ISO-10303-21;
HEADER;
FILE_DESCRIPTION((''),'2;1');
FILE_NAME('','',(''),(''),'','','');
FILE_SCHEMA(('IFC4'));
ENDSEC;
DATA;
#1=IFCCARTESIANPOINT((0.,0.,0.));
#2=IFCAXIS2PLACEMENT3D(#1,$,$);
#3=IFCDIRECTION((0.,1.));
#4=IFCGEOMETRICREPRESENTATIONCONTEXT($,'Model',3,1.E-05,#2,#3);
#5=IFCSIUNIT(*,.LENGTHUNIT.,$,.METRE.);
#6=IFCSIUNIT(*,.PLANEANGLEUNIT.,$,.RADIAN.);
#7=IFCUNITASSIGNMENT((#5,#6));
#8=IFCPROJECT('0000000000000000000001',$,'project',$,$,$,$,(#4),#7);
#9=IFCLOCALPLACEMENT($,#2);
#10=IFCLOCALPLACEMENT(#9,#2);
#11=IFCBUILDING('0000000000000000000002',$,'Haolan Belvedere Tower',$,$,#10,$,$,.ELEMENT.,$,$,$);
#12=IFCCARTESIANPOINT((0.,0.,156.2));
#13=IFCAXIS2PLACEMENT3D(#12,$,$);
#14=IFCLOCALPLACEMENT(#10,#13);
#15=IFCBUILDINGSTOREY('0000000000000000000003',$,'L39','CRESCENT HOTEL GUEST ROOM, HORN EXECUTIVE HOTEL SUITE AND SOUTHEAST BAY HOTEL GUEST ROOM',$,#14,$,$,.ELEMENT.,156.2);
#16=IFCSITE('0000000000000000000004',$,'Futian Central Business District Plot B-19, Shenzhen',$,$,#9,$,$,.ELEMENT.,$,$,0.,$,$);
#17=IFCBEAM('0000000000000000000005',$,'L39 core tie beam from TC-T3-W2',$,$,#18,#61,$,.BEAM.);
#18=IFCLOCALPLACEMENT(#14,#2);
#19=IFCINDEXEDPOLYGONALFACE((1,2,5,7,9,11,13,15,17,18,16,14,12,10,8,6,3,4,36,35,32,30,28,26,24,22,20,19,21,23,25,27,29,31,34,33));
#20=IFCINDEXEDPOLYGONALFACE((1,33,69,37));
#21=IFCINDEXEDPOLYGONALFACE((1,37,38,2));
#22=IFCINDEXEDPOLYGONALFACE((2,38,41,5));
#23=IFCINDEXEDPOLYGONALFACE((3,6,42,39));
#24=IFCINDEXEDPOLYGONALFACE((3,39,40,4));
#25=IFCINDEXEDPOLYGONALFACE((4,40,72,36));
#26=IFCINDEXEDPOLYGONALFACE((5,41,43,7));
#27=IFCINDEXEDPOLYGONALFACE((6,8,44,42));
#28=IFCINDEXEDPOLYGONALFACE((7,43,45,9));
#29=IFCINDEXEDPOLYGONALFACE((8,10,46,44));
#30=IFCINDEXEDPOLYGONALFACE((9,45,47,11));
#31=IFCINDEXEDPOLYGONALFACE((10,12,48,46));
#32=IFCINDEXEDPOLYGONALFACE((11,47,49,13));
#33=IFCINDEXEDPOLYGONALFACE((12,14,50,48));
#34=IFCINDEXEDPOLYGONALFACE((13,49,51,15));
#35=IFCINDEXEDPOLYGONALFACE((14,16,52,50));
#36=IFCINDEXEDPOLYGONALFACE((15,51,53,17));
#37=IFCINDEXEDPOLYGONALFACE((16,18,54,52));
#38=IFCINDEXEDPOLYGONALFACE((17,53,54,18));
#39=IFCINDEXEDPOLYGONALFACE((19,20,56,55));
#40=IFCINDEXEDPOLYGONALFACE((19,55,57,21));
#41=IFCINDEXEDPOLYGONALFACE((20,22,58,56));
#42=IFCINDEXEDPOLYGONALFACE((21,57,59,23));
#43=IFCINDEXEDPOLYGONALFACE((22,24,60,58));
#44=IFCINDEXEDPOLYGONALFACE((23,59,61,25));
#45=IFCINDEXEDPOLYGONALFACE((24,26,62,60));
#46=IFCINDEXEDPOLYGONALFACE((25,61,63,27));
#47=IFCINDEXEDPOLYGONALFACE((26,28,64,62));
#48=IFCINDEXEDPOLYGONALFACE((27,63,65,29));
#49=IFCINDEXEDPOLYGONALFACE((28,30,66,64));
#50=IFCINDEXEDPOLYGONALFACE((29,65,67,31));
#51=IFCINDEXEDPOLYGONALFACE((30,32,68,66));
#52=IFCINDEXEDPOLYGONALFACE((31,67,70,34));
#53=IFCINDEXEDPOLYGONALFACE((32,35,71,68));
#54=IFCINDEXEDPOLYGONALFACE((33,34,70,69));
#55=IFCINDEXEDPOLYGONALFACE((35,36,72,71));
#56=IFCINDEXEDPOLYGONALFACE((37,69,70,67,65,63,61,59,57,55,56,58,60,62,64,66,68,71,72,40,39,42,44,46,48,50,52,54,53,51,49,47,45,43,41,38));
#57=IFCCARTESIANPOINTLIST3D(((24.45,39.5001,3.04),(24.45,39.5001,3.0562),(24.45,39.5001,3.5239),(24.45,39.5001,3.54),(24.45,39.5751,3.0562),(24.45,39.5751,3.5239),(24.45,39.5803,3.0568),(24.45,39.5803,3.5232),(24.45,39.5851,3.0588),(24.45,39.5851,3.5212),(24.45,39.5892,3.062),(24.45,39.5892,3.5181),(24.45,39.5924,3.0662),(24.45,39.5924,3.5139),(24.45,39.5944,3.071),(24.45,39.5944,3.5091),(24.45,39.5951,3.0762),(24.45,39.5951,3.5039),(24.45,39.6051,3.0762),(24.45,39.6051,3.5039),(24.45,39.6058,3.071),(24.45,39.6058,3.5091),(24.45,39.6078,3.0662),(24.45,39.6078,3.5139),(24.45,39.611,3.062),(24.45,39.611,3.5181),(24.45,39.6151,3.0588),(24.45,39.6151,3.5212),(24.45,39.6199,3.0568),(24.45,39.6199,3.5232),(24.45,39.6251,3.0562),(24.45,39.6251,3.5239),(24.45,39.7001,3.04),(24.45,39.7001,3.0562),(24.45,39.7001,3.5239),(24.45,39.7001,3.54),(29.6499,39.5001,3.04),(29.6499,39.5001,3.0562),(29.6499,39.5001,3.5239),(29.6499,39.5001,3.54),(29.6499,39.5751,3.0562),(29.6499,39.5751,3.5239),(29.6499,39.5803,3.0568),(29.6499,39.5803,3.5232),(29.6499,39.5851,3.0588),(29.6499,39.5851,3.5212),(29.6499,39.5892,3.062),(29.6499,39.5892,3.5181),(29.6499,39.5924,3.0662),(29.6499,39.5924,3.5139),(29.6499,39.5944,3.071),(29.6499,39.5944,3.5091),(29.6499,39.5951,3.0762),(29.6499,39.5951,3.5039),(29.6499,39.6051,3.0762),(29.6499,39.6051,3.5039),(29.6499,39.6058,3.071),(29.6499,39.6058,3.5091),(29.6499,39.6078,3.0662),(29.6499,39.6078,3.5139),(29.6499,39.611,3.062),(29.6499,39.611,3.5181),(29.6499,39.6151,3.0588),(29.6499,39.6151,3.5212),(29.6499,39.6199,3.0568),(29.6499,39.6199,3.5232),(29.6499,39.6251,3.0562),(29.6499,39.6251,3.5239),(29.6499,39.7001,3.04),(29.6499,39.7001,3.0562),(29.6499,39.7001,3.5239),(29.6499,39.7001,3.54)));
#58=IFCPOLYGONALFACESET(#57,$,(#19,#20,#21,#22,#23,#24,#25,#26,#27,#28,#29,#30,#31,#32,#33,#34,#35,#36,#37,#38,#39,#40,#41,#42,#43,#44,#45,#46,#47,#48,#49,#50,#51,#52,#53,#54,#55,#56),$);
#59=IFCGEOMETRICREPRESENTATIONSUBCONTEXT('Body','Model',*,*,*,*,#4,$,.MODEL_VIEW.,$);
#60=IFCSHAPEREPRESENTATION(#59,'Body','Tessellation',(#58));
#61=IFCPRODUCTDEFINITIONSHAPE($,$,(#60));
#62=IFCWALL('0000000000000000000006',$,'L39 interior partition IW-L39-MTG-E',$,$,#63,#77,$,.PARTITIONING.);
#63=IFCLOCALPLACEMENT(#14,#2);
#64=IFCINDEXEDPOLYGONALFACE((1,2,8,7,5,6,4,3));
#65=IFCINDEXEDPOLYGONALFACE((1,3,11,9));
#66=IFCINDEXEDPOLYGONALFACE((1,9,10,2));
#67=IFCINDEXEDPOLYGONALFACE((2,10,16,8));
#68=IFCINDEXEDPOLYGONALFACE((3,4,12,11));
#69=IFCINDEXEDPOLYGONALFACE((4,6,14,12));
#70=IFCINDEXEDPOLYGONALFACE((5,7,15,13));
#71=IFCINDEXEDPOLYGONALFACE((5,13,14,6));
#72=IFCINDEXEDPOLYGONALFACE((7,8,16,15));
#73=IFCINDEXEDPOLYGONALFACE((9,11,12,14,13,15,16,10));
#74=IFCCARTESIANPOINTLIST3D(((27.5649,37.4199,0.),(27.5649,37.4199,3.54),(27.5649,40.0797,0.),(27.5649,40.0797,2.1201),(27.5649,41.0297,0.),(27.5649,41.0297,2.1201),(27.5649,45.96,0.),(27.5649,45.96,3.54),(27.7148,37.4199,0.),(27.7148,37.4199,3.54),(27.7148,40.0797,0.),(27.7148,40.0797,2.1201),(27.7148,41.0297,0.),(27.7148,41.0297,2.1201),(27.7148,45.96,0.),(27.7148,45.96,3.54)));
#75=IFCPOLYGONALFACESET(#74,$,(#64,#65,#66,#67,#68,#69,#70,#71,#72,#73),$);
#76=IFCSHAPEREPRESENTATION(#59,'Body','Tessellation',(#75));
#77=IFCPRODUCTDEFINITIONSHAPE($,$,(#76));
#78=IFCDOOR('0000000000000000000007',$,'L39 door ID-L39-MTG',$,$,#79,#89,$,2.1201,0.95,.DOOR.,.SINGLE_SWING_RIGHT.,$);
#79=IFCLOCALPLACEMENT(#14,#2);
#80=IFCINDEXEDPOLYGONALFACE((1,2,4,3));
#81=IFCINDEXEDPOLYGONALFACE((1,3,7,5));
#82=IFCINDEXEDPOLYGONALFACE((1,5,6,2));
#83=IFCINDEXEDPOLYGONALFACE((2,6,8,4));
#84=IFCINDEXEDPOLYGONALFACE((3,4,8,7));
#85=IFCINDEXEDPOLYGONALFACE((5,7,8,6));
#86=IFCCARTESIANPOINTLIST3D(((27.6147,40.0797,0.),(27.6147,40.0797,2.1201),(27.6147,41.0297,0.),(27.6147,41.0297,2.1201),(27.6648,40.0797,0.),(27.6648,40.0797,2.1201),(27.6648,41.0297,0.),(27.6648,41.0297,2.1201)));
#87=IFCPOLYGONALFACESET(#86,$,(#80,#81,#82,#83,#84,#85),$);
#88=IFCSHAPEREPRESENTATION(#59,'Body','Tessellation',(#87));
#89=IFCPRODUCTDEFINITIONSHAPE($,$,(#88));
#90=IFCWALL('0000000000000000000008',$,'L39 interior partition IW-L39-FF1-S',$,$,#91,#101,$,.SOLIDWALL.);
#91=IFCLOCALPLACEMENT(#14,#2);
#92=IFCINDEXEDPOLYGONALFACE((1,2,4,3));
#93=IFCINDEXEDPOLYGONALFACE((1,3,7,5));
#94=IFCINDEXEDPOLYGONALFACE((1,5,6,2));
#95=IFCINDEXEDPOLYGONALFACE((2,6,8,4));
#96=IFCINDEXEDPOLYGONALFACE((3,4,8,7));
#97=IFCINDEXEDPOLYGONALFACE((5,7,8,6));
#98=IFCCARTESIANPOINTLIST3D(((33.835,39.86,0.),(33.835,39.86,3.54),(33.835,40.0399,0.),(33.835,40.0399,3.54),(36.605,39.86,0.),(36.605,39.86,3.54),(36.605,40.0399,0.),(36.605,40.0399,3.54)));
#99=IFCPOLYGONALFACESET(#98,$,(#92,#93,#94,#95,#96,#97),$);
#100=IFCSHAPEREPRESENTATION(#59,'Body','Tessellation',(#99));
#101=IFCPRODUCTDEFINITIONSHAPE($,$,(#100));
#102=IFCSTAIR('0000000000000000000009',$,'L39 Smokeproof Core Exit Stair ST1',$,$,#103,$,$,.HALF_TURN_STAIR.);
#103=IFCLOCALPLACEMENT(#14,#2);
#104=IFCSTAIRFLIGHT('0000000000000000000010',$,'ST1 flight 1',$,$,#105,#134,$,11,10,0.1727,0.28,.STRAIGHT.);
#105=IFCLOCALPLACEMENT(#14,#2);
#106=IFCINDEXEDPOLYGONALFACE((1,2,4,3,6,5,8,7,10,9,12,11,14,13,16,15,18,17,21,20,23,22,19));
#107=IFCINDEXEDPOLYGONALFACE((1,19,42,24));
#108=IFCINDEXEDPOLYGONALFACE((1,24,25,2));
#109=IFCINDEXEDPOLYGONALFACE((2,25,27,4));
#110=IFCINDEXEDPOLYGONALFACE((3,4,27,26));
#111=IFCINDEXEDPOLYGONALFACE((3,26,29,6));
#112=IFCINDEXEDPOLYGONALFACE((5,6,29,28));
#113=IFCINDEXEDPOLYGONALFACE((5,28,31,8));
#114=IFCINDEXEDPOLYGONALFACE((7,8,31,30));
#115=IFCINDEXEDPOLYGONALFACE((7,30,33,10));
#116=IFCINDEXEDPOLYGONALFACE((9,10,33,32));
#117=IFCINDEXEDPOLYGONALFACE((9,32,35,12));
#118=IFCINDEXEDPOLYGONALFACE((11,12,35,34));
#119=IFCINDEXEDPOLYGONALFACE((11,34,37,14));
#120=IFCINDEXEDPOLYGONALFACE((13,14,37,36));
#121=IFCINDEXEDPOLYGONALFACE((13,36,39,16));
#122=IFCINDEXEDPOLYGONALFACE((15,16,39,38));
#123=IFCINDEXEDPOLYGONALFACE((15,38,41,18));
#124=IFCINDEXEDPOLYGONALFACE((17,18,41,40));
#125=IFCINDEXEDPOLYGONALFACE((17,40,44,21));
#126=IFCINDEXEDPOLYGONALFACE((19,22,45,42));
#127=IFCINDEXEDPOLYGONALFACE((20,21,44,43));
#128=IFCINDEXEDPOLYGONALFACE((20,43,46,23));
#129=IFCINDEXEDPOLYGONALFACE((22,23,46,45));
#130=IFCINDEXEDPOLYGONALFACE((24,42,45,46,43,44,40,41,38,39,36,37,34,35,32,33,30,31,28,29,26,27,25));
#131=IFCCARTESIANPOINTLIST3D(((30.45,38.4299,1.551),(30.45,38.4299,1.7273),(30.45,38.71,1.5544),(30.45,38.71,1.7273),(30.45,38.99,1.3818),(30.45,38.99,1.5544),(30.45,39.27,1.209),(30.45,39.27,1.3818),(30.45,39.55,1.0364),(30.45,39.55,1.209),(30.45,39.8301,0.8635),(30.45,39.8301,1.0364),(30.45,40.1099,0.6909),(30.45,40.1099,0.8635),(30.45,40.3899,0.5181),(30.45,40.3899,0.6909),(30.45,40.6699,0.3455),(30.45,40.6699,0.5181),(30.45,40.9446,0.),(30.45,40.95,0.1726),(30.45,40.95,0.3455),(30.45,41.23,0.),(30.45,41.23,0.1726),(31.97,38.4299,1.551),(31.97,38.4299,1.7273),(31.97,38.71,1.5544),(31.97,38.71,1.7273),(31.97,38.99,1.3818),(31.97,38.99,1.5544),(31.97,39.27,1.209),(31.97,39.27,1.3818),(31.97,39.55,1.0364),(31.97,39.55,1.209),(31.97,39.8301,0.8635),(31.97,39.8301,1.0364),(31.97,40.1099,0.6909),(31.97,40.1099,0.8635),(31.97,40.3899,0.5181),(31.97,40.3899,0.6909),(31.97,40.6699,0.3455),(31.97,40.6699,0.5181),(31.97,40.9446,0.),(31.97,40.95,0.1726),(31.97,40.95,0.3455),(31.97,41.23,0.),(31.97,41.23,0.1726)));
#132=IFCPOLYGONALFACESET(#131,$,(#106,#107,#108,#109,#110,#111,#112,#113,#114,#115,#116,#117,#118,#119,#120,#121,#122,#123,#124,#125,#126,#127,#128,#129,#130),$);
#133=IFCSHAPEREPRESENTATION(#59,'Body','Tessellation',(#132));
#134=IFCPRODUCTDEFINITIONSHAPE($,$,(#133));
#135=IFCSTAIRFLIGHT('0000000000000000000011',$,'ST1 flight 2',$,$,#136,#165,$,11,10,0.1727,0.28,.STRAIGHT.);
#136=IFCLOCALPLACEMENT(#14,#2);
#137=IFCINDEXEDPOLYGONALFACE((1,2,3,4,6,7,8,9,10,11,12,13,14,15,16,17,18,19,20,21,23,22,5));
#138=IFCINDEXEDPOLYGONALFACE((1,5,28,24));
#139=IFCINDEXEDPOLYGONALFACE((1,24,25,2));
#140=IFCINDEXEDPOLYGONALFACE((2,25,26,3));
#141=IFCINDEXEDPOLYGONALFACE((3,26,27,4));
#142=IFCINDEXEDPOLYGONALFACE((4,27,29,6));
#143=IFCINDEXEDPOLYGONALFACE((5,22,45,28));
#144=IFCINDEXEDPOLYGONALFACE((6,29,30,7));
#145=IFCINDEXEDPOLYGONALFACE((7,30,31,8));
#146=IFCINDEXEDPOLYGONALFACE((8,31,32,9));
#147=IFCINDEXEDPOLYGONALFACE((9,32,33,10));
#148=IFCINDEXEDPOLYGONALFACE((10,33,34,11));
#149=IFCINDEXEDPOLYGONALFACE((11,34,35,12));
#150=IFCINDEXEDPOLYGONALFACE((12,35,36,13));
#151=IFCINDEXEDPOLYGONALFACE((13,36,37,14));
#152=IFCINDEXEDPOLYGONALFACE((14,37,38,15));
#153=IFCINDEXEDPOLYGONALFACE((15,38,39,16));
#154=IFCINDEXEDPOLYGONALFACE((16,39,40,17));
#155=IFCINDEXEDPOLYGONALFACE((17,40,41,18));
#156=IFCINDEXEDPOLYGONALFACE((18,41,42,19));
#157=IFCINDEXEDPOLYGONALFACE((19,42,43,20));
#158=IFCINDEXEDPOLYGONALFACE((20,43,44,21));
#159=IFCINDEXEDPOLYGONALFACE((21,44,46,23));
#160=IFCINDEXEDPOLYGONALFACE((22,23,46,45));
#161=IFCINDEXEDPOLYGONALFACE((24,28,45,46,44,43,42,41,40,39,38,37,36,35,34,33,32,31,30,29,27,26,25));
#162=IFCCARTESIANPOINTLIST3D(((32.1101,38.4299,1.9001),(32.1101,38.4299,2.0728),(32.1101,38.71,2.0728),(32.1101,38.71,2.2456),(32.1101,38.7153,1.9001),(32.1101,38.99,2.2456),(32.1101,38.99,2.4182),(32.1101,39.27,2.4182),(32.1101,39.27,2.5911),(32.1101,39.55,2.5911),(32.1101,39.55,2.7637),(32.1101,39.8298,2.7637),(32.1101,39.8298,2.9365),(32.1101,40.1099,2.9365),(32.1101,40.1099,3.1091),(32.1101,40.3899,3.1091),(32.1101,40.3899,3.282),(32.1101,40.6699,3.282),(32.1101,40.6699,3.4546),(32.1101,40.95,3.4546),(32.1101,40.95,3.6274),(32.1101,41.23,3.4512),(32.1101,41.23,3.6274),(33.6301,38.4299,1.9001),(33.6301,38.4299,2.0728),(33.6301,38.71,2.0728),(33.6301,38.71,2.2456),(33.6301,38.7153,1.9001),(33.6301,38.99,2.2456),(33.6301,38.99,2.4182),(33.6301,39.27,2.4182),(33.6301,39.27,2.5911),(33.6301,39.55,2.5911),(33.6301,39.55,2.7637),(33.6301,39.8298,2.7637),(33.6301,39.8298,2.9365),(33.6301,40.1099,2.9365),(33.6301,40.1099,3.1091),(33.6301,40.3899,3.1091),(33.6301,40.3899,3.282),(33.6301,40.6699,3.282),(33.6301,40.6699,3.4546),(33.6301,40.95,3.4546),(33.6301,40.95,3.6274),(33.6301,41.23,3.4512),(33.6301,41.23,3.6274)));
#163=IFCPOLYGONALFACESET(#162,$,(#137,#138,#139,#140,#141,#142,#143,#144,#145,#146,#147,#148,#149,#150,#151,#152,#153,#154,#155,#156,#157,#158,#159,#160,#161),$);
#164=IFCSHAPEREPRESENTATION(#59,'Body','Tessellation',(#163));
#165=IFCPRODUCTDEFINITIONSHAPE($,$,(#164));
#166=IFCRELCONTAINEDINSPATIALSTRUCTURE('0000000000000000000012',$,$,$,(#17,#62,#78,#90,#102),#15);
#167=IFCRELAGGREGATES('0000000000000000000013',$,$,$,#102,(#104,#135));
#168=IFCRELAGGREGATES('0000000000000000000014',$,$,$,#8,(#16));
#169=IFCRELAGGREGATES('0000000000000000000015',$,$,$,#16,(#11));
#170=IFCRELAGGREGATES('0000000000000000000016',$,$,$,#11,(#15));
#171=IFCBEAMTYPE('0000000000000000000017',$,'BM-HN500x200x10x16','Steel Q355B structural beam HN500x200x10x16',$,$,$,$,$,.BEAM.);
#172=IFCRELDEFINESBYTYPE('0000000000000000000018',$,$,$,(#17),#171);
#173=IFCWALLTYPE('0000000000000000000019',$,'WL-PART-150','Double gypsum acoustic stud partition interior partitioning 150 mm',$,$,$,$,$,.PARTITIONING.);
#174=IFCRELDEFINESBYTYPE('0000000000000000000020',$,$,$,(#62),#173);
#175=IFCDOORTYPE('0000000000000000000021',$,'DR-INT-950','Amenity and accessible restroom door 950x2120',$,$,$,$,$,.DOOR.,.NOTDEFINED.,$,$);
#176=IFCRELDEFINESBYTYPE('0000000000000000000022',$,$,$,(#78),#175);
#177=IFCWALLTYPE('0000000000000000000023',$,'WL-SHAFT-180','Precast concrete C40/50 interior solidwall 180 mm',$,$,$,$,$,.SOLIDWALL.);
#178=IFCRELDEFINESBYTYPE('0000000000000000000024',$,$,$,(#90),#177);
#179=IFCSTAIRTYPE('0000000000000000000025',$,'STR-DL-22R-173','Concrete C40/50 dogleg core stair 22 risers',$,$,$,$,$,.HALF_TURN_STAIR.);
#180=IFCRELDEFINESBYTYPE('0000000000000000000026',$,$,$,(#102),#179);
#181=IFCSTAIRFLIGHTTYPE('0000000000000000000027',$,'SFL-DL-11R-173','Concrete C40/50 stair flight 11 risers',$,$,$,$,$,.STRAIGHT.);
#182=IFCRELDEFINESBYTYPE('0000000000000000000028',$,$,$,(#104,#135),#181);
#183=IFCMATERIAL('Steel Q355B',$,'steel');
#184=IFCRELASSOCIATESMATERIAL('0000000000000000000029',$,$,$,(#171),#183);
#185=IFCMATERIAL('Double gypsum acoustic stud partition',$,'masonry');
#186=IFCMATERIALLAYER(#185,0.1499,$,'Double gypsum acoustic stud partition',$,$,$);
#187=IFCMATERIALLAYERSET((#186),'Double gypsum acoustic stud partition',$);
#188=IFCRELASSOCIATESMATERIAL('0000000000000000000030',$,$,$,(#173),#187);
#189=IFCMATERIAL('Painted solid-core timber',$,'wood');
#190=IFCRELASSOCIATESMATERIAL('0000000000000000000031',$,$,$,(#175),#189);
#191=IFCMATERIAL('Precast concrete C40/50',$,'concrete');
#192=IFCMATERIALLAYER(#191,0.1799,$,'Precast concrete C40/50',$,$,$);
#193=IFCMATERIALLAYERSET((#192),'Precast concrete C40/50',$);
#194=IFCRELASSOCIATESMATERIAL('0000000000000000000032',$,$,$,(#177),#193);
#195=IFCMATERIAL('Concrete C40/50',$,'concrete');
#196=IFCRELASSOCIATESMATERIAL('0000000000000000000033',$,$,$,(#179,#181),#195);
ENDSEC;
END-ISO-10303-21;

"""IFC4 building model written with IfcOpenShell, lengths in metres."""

from ifc_helpers import new_model, si_unit, direction, frame, frame_2d, origin, origin_2d, place, context, subcontext, project, spatial, polyline, rectangle, i_section, outline, extrude, material, layer, layer_set, material_profile, profile_set, type_object, element, fill, aggregate, save


model = new_model("IFC4")

# Units and contexts
model_context = context("Model", 3, precision=1e-05, world=origin(), true_north=direction((0.0, 1.0)))
body_context = subcontext(model_context, "Body", "Model", "MODEL_VIEW")
ifc_project = project(units=[si_unit("LENGTHUNIT", "METRE"), si_unit("PLANEANGLEUNIT", "RADIAN")], contexts=[model_context])

# Site, building, storey
site_placement = place(None, origin())
site = spatial("IfcSite", under=ifc_project, at=site_placement, Name="Futian Central Business District Plot B-19, Shenzhen", CompositionType="ELEMENT", RefElevation=0.0)
building_placement = place(site_placement, origin())
building = spatial("IfcBuilding", under=site, at=building_placement, Name="Haolan Belvedere Tower", CompositionType="ELEMENT")
storey_placement = place(building_placement, frame((0.0, 0.0, 156.2)))
storey = spatial("IfcBuildingStorey", under=building, at=storey_placement, Name="L39", Description="CRESCENT HOTEL GUEST ROOM, HORN EXECUTIVE HOTEL SUITE AND SOUTHEAST BAY HOTEL GUEST ROOM", CompositionType="ELEMENT", Elevation=156.2)

# Beam
ifc_material_1 = material(Name="Steel Q355B", Category="steel")
ifc_material_profile = material_profile(ifc_material_1, i_section(OverallWidth=0.2, OverallDepth=0.5, WebThickness=0.01, FlangeThickness=0.0161, FilletRadius=0.02, at=origin_2d()), Name="Steel Q355B")
ifc_profile_set = profile_set([ifc_material_profile], Name="Steel Q355B")
beam_type = type_object("IfcBeamType", Name="BM-HN500x200x10x16", Description="Steel Q355B structural beam HN500x200x10x16", PredefinedType="BEAM", material=ifc_profile_set)
beam_placement = place(storey_placement, frame((24.45, 39.6001, 3.29), z_axis=(1.0, 0.0, 0.0), x_axis=(0.0, 1.0, 0.0)))
element("IfcBeam", 1, at=beam_placement, inside=storey, type_object=beam_type, Name="L39 core tie beam from TC-T3-W2", PredefinedType="BEAM", context=body_context, shape_type="SweptSolid", body=[
    extrude(i_section(OverallWidth=0.2, OverallDepth=0.5, WebThickness=0.01, FlangeThickness=0.0161, FilletRadius=0.02, at=origin_2d()), origin(), (0.0, 0.0, 1.0), 5.2),
])

# Wall, opening, door
ifc_material_2 = material(Name="Double gypsum acoustic stud partition", Category="masonry")
ifc_layer_1 = layer(ifc_material_2, 0.1499, Name="Double gypsum acoustic stud partition")
ifc_layer_set_1 = layer_set([ifc_layer_1], Name="Double gypsum acoustic stud partition")
wall_type_1 = type_object("IfcWallType", Name="WL-PART-150", Description="Double gypsum acoustic stud partition interior partitioning 150 mm", PredefinedType="PARTITIONING", material=ifc_layer_set_1)
wall_1_placement = place(storey_placement, frame((27.6399, 37.4199, 0.0), z_axis=(0.0, 0.0, 1.0), x_axis=(0.0, 1.0, 0.0)))
wall_1 = element("IfcWall", 2, at=wall_1_placement, inside=storey, type_object=wall_type_1, Name="L39 interior partition IW-L39-MTG-E", PredefinedType="PARTITIONING", context=body_context, shape_type="SweptSolid", body=[
    extrude(rectangle(XDim=8.54, YDim=0.1499, at=frame_2d((4.27, 0.0))), origin(), (0.0, 0.0, 1.0), 3.54),
])
opening_placement = place(wall_1_placement, frame((3.6099, 0.0, 0.0), z_axis=(0.0, 0.0, 1.0), x_axis=(-1.0, 0.0, 0.0)))
opening = element("IfcOpeningElement", 3, at=opening_placement, cuts=wall_1, PredefinedType="OPENING", context=body_context, shape_type="SweptSolid", body=[
    extrude(rectangle(XDim=0.95, YDim=2.1201, at=frame_2d((0.4751, 1.0601))), frame((0.0, 0.085, 0.0), z_axis=(0.0, -1.0, 0.0), x_axis=(1.0, 0.0, 0.0)), (0.0, 0.0, 1.0), 0.1699),
])
ifc_material_3 = material(Name="Painted solid-core timber", Category="wood")
door_type = type_object("IfcDoorType", Name="DR-INT-950", Description="Amenity and accessible restroom door 950x2120", OperationType="NOTDEFINED", PredefinedType="DOOR", material=ifc_material_3)
door_placement = place(opening_placement, origin())
door = element("IfcDoor", 4, at=door_placement, inside=storey, type_object=door_type, Name="L39 door ID-L39-MTG", OperationType="SINGLE_SWING_RIGHT", OverallHeight=2.1201, OverallWidth=0.95, PredefinedType="DOOR", context=body_context, shape_type="SweptSolid", body=[
    extrude(rectangle(XDim=0.95, YDim=2.1201, at=frame_2d((0.4751, 1.0601))), frame((0.0, 0.0249, 0.0), z_axis=(0.0, -1.0, 0.0), x_axis=(1.0, 0.0, 0.0)), (0.0, 0.0, 1.0), 0.05),
])
fill(opening, door)

# Wall
ifc_material_4 = material(Name="Precast concrete C40/50", Category="concrete")
ifc_layer_2 = layer(ifc_material_4, 0.1799, Name="Precast concrete C40/50")
ifc_layer_set_2 = layer_set([ifc_layer_2], Name="Precast concrete C40/50")
wall_type_2 = type_object("IfcWallType", Name="WL-SHAFT-180", Description="Precast concrete C40/50 interior solidwall 180 mm", PredefinedType="SOLIDWALL", material=ifc_layer_set_2)
wall_2_placement = place(storey_placement, frame((33.835, 39.95, 0.0), z_axis=(0.0, 0.0, 1.0), x_axis=(1.0, 0.0, 0.0)))
element("IfcWall", 5, at=wall_2_placement, inside=storey, type_object=wall_type_2, Name="L39 interior partition IW-L39-FF1-S", PredefinedType="SOLIDWALL", context=body_context, shape_type="SweptSolid", body=[
    extrude(rectangle(XDim=2.77, YDim=0.1799, at=frame_2d((1.385, 0.0))), origin(), (0.0, 0.0, 1.0), 3.54),
])

# Stair, stair flights
ifc_material_5 = material(Name="Concrete C40/50", Category="concrete")
stair_type = type_object("IfcStairType", Name="STR-DL-22R-173", Description="Concrete C40/50 dogleg core stair 22 risers", PredefinedType="HALF_TURN_STAIR", material=ifc_material_5)
stair_placement = place(storey_placement, origin())
stair = element("IfcStair", 6, at=stair_placement, inside=storey, type_object=stair_type, Name="L39 Smokeproof Core Exit Stair ST1", PredefinedType="HALF_TURN_STAIR")
stair_flight_type = type_object("IfcStairFlightType", Name="SFL-DL-11R-173", Description="Concrete C40/50 stair flight 11 risers", PredefinedType="STRAIGHT", material=ifc_material_5)
stair_flight_1_placement = place(storey_placement, frame((31.21, 41.23, 0.0), z_axis=(0.0, 0.0, 1.0), x_axis=(0.0, -1.0, 0.0)))
stair_flight_1 = element("IfcStairFlight", 7, at=stair_flight_1_placement, type_object=stair_flight_type, Name="ST1 flight 1", NumberOfRisers=11, NumberOfTreads=10, PredefinedType="STRAIGHT", RiserHeight=0.1727, TreadLength=0.28, context=body_context, shape_type="SweptSolid", body=[
    extrude(outline(polyline([(0.0, 0.0), (0.0, 0.1726), (0.28, 0.1726), (0.28, 0.3455), (0.5601, 0.3455), (0.5601, 0.5181), (0.8401, 0.5181), (0.8401, 0.6909), (1.1201, 0.6909), (1.1201, 0.8635), (1.3999, 0.8635), (1.3999, 1.0364), (1.6799, 1.0364), (1.6799, 1.209), (1.96, 1.209), (1.96, 1.3818), (2.24, 1.3818), (2.24, 1.5544), (2.52, 1.5544), (2.52, 1.7273), (2.8, 1.7273), (2.8, 1.8999), (2.8, 1.551), (0.2854, 0.0), (0.0, 0.0)])), frame((0.0, 0.76, 0.0), z_axis=(0.0, -1.0, 0.0), x_axis=(1.0, 0.0, 0.0)), (0.0, 0.0, 1.0), 1.52),
])
stair_flight_2_placement = place(storey_placement, frame((32.8701, 38.4299, 1.9001), z_axis=(0.0, 0.0, 1.0), x_axis=(0.0, 1.0, 0.0)))
stair_flight_2 = element("IfcStairFlight", 8, at=stair_flight_2_placement, type_object=stair_flight_type, Name="ST1 flight 2", NumberOfRisers=11, NumberOfTreads=10, PredefinedType="STRAIGHT", RiserHeight=0.1727, TreadLength=0.28, context=body_context, shape_type="SweptSolid", body=[
    extrude(outline(polyline([(0.0, 0.0), (0.0, 0.1726), (0.28, 0.1726), (0.28, 0.3455), (0.5601, 0.3455), (0.5601, 0.5181), (0.8401, 0.5181), (0.8401, 0.6909), (1.1201, 0.6909), (1.1201, 0.8635), (1.3999, 0.8635), (1.3999, 1.0364), (1.6799, 1.0364), (1.6799, 1.209), (1.96, 1.209), (1.96, 1.3818), (2.24, 1.3818), (2.24, 1.5544), (2.52, 1.5544), (2.52, 1.7273), (2.8, 1.7273), (2.8, 1.8999), (2.8, 1.551), (0.2854, 0.0), (0.0, 0.0)])), frame((0.0, 0.76, 0.0), z_axis=(0.0, -1.0, 0.0), x_axis=(1.0, 0.0, 0.0)), (0.0, 0.0, 1.0), 1.52),
])
aggregate(stair, [stair_flight_1, stair_flight_2])

save(model, "model.ifc")
